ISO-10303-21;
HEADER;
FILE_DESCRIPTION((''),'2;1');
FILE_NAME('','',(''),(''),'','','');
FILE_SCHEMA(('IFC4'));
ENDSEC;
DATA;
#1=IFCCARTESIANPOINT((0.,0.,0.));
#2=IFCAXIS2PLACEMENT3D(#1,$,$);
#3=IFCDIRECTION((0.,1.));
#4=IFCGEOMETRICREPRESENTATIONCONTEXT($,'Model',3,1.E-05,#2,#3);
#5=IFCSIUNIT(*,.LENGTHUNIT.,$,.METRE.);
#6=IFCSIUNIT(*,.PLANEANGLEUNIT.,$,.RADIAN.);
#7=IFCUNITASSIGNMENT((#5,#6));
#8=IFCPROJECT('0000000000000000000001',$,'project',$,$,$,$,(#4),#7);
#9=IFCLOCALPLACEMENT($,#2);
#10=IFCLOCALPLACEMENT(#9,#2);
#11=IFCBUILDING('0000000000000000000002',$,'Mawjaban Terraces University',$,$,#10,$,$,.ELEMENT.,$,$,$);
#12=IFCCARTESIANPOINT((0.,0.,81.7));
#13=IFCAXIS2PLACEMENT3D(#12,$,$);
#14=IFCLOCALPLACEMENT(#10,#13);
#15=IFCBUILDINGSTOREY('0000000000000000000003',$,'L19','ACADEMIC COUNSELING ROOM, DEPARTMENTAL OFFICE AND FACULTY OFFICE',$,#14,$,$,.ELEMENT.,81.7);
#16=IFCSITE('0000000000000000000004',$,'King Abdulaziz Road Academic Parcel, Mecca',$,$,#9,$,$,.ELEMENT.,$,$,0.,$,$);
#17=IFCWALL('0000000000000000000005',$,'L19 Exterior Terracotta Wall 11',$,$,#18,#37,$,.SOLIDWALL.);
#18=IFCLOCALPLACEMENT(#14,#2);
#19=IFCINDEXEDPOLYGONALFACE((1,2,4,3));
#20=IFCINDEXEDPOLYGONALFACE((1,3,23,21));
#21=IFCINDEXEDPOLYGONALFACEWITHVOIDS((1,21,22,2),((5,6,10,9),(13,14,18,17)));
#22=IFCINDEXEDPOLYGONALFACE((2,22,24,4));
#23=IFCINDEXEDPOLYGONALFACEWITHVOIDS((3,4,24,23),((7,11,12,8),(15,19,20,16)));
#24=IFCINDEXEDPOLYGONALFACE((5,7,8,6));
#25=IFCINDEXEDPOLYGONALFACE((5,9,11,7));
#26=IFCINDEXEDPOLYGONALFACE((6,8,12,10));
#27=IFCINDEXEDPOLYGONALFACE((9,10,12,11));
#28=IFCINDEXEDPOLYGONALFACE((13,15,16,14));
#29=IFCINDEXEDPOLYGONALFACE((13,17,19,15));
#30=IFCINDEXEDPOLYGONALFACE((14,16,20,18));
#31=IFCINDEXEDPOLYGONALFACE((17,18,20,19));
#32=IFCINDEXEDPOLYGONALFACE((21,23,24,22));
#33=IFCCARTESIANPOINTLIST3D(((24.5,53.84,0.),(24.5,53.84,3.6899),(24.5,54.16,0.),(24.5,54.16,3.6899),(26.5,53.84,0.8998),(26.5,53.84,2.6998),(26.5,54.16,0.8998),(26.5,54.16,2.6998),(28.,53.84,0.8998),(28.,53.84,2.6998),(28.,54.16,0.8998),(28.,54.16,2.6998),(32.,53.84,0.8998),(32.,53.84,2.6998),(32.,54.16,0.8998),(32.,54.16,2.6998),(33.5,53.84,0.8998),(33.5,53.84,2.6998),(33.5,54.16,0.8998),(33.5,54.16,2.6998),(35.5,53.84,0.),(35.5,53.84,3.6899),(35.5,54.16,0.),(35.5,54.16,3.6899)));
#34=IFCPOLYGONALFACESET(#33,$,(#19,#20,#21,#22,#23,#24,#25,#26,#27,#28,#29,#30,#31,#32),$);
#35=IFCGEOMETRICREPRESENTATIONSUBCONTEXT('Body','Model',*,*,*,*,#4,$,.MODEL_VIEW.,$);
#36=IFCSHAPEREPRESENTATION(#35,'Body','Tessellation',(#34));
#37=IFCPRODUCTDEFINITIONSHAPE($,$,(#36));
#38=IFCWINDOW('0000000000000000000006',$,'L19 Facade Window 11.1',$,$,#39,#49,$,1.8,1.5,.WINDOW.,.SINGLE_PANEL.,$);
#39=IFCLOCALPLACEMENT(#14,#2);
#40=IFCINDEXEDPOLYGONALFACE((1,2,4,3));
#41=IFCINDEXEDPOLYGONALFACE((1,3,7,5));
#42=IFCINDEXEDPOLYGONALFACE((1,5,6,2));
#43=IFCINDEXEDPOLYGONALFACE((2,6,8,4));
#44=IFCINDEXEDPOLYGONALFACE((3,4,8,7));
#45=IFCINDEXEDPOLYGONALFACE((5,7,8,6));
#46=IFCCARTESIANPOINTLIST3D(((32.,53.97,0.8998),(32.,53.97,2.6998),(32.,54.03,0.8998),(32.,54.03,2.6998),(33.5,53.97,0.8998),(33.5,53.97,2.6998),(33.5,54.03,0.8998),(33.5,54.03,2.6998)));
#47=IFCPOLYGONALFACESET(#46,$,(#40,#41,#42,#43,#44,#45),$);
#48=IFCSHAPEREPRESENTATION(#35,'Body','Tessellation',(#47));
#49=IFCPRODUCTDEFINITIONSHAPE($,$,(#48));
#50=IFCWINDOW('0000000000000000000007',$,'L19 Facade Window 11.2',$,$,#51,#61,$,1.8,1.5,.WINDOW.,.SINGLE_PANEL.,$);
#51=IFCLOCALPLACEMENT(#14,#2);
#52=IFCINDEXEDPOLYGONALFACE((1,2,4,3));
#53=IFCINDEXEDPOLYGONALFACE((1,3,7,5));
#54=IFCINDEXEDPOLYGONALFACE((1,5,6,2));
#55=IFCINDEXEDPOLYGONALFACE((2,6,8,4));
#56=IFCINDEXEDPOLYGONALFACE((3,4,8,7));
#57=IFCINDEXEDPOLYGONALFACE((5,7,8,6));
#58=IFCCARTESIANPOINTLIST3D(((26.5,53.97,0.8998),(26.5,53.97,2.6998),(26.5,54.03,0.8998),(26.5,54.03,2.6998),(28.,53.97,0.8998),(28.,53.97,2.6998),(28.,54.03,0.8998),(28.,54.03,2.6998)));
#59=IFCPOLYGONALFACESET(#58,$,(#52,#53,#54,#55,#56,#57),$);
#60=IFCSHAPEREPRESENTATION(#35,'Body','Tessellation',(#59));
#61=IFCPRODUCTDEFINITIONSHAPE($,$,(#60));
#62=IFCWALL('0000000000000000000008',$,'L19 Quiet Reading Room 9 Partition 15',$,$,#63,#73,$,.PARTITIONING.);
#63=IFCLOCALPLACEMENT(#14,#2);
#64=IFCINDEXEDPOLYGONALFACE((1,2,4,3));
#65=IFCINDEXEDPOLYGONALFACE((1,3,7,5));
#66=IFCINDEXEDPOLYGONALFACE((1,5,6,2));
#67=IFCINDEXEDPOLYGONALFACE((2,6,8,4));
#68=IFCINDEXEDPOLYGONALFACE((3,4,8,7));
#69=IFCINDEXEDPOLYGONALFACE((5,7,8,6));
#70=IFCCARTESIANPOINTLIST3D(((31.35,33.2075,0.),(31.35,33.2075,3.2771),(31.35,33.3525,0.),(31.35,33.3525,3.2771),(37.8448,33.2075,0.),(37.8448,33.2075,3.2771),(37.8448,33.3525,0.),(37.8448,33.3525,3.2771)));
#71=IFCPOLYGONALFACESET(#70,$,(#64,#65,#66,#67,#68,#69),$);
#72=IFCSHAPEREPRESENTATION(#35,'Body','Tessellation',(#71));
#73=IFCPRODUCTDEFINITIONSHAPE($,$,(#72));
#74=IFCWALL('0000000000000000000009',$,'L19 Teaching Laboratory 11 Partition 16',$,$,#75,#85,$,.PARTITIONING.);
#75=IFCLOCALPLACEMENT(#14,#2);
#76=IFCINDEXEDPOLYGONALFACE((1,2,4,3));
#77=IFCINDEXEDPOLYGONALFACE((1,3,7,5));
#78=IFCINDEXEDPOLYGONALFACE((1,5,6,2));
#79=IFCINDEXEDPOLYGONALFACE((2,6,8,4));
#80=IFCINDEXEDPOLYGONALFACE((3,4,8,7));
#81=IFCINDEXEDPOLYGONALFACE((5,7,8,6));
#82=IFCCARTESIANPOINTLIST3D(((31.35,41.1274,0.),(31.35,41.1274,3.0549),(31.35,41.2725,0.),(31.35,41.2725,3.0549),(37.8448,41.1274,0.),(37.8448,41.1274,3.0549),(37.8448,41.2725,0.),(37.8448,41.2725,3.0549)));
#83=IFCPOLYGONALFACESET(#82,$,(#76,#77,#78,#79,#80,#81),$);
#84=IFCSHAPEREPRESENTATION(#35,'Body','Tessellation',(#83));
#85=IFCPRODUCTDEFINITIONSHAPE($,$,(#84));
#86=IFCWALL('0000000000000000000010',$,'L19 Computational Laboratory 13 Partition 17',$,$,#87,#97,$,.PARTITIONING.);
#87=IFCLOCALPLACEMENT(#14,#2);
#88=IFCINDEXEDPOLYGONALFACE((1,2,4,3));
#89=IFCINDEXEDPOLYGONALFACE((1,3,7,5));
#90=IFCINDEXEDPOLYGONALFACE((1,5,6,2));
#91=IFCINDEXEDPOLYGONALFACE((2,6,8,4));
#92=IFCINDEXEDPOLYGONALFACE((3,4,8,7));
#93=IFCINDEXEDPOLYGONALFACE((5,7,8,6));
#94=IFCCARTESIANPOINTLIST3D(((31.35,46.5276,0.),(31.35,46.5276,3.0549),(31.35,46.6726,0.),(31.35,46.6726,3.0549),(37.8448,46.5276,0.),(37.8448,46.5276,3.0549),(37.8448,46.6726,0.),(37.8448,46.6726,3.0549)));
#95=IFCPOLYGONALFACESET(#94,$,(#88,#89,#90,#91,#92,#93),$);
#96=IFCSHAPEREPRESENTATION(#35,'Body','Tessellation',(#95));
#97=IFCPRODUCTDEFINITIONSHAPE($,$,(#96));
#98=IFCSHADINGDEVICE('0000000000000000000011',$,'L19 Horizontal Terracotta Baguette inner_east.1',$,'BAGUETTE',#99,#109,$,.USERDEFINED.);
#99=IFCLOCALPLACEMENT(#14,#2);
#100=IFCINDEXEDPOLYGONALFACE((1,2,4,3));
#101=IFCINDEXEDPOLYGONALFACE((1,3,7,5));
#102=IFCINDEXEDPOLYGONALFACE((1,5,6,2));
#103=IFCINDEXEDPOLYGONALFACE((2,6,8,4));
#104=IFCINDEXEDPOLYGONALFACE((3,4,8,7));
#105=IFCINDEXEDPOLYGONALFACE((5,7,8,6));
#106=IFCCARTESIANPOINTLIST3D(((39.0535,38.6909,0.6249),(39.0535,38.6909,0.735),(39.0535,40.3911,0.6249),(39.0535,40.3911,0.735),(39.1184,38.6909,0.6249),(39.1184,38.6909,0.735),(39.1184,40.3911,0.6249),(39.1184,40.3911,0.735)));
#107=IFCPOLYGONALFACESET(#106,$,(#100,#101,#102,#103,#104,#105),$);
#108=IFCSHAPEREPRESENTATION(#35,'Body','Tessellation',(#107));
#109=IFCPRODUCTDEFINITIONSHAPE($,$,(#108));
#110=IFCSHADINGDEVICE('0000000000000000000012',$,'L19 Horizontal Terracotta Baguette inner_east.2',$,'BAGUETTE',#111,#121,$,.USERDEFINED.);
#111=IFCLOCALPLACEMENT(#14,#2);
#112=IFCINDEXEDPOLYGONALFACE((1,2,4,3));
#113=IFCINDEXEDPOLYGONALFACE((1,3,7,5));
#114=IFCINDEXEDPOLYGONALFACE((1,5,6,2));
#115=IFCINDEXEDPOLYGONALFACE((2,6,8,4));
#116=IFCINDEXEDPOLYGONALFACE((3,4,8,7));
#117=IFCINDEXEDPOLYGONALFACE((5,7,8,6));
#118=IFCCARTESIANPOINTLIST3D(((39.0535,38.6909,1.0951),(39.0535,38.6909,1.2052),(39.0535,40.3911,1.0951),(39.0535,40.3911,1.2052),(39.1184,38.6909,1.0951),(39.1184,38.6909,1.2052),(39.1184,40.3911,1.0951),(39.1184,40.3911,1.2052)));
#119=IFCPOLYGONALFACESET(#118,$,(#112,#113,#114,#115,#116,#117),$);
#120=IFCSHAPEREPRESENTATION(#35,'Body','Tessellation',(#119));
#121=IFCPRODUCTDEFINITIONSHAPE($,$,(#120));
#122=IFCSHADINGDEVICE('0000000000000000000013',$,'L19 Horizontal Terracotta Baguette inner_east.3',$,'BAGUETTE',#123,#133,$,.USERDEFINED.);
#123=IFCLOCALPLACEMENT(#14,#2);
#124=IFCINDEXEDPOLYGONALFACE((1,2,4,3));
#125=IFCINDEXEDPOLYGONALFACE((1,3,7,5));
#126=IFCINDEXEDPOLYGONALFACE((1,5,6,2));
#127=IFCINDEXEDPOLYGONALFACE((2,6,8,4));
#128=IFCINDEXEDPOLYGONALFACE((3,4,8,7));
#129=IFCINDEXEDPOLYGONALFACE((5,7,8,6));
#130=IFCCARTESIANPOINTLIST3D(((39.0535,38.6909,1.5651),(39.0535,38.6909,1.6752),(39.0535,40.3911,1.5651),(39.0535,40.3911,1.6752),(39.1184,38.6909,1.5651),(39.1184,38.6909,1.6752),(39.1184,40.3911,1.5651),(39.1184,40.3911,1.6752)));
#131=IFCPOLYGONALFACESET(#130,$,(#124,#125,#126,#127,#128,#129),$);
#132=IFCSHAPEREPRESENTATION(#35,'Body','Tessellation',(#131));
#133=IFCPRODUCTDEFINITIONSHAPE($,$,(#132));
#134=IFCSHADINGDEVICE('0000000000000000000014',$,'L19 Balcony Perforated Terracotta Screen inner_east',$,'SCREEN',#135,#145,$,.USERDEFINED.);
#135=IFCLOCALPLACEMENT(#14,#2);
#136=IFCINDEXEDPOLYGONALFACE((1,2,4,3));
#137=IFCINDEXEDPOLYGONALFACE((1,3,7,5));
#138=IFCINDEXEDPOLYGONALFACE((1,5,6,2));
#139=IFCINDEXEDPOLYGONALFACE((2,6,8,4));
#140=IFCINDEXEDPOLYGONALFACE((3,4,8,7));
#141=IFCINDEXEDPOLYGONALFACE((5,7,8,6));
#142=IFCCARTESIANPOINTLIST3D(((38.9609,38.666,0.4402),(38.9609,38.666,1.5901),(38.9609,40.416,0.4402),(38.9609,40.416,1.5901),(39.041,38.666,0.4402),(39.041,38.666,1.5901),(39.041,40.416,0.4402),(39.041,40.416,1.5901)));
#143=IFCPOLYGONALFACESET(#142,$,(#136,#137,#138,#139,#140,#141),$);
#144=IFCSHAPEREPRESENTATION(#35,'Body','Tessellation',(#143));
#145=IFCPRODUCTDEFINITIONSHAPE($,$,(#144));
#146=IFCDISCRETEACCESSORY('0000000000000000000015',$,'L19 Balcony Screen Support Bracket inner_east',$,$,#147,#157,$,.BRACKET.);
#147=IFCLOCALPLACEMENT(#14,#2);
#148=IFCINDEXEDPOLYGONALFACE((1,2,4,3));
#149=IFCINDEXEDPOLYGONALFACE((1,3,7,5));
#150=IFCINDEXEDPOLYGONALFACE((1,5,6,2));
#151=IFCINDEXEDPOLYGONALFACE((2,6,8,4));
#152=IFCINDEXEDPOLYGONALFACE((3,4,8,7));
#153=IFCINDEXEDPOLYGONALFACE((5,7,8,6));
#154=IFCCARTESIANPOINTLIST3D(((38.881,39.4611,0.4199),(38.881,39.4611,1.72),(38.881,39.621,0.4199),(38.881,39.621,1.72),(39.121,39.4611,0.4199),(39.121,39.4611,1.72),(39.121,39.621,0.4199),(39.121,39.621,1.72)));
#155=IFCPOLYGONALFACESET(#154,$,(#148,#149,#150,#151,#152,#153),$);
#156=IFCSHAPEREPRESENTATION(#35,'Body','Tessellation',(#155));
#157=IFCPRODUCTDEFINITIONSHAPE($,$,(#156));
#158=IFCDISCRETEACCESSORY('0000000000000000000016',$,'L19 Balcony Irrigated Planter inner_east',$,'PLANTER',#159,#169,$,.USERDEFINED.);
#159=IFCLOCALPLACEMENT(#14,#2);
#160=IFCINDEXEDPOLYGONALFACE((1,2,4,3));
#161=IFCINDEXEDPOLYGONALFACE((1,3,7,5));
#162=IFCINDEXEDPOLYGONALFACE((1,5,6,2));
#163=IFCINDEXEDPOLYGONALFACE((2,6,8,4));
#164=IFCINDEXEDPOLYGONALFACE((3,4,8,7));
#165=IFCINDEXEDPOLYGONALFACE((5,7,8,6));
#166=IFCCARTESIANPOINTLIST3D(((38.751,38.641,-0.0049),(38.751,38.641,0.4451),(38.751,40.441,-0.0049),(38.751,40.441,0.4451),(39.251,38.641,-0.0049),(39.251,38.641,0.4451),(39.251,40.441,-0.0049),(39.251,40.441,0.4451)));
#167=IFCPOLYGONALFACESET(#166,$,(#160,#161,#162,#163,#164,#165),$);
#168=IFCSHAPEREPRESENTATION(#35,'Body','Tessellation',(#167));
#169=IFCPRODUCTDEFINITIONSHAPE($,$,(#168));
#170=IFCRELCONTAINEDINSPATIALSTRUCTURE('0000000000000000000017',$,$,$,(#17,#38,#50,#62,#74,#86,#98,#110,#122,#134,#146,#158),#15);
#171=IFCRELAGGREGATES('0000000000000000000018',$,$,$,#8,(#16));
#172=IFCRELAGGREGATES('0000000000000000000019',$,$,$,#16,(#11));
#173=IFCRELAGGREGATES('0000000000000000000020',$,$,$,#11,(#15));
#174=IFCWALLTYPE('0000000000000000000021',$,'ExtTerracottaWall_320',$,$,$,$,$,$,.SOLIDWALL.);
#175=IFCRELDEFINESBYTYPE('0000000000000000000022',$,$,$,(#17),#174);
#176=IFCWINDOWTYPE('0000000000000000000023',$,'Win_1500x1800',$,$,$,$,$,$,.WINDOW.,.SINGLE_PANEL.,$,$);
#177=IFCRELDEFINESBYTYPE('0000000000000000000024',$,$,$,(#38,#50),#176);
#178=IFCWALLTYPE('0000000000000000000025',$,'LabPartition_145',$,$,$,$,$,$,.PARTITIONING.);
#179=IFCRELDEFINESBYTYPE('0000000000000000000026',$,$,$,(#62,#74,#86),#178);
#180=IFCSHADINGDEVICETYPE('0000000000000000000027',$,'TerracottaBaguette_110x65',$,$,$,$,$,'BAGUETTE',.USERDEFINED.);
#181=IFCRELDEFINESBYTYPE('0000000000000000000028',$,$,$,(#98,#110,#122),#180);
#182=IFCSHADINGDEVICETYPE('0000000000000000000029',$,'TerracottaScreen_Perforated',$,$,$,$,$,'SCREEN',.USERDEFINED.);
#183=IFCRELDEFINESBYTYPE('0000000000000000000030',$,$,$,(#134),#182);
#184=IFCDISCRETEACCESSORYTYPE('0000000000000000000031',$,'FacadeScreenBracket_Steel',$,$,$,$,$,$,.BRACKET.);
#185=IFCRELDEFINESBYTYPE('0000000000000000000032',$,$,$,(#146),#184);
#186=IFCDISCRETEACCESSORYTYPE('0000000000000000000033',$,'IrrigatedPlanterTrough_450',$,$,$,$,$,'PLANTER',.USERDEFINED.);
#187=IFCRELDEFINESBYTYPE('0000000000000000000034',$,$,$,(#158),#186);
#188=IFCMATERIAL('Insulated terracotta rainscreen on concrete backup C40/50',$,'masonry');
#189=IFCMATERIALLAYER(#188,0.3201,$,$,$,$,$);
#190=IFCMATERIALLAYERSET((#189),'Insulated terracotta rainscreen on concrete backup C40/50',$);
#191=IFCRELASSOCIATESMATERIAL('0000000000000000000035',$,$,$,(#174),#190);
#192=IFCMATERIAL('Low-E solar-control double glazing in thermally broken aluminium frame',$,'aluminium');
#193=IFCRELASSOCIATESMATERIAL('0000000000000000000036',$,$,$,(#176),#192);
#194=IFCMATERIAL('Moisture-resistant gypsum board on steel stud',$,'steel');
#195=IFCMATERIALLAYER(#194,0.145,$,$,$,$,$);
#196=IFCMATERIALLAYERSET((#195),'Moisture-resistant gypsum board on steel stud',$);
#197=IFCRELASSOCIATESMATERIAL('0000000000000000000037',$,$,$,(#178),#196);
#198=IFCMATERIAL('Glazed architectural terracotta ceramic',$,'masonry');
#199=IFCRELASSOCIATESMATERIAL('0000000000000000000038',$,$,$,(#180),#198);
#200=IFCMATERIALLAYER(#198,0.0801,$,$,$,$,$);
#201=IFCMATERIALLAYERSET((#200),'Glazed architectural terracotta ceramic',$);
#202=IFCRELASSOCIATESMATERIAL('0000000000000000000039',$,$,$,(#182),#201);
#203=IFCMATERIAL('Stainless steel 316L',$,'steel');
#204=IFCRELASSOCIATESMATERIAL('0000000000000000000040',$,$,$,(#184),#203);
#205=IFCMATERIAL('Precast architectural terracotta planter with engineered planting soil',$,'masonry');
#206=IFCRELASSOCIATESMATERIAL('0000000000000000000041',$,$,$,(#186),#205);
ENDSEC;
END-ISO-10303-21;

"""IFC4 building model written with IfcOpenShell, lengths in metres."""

from ifc_helpers import new_model, si_unit, direction, frame, frame_2d, origin, origin_2d, place, context, subcontext, project, spatial, rectangle, extrude, material, layer, layer_set, material_profile, profile_set, type_object, element, fill, save


model = new_model("IFC4")

# Units and contexts
model_context = context("Model", 3, precision=1e-05, world=origin(), true_north=direction((0.0, 1.0)))
body_context = subcontext(model_context, "Body", "Model", "MODEL_VIEW")
ifc_project = project(units=[si_unit("LENGTHUNIT", "METRE"), si_unit("PLANEANGLEUNIT", "RADIAN")], contexts=[model_context])

# Site, building, storey
site_placement = place(None, origin())
site = spatial("IfcSite", under=ifc_project, at=site_placement, Name="King Abdulaziz Road Academic Parcel, Mecca", CompositionType="ELEMENT", RefElevation=0.0)
building_placement = place(site_placement, origin())
building = spatial("IfcBuilding", under=site, at=building_placement, Name="Mawjaban Terraces University", CompositionType="ELEMENT")
storey_placement = place(building_placement, frame((0.0, 0.0, 81.7)))
storey = spatial("IfcBuildingStorey", under=building, at=storey_placement, Name="L19", Description="ACADEMIC COUNSELING ROOM, DEPARTMENTAL OFFICE AND FACULTY OFFICE", CompositionType="ELEMENT", Elevation=81.7)

# Shared definitions
ifc_material_1 = material(Name="Insulated terracotta rainscreen on concrete backup C40/50", Category="masonry")
ifc_layer_1 = layer(ifc_material_1, 0.3201)
ifc_layer_set_1 = layer_set([ifc_layer_1], Name="Insulated terracotta rainscreen on concrete backup C40/50")
wall_type_1 = type_object("IfcWallType", Name="ExtTerracottaWall_320", PredefinedType="SOLIDWALL", material=ifc_layer_set_1)

# Wall, openings, windows
wall_1_placement = place(storey_placement, frame((35.5, 54.0, 0.0), z_axis=(0.0, 0.0, 1.0), x_axis=(-1.0, 0.0, 0.0)))
wall_1 = element("IfcWall", 1, at=wall_1_placement, inside=storey, type_object=wall_type_1, Name="L19 Exterior Terracotta Wall 11", PredefinedType="SOLIDWALL", context=body_context, shape_type="SweptSolid", body=[
    extrude(rectangle(XDim=11.0, YDim=0.3201, at=frame_2d((5.5, 0.0))), origin(), (0.0, 0.0, 1.0), 3.6899),
])
opening_1_placement = place(wall_1_placement, frame((2.0, 0.0, 0.8999)))
opening_1 = element("IfcOpeningElement", 2, at=opening_1_placement, cuts=wall_1, PredefinedType="OPENING", context=body_context, shape_type="SweptSolid", body=[
    extrude(rectangle(XDim=1.5, YDim=1.8, at=frame_2d((0.75, 0.8999))), frame((0.0, 0.1699, 0.0), z_axis=(0.0, -1.0, 0.0), x_axis=(1.0, 0.0, 0.0)), (0.0, 0.0, 1.0), 0.3401),
])
opening_2_placement = place(wall_1_placement, frame((7.5, 0.0, 0.8999)))
opening_2 = element("IfcOpeningElement", 3, at=opening_2_placement, cuts=wall_1, PredefinedType="OPENING", context=body_context, shape_type="SweptSolid", body=[
    extrude(rectangle(XDim=1.5, YDim=1.8, at=frame_2d((0.75, 0.8999))), frame((0.0, 0.1699, 0.0), z_axis=(0.0, -1.0, 0.0), x_axis=(1.0, 0.0, 0.0)), (0.0, 0.0, 1.0), 0.3401),
])
ifc_material_2 = material(Name="Low-E solar-control double glazing in thermally broken aluminium frame", Category="aluminium")
window_type = type_object("IfcWindowType", Name="Win_1500x1800", PartitioningType="SINGLE_PANEL", PredefinedType="WINDOW", material=ifc_material_2)
window_1_placement = place(opening_1_placement, origin())
window_1 = element("IfcWindow", 4, at=window_1_placement, inside=storey, type_object=window_type, Name="L19 Facade Window 11.1", OverallHeight=1.8, OverallWidth=1.5, PartitioningType="SINGLE_PANEL", PredefinedType="WINDOW", context=body_context, shape_type="SweptSolid", body=[
    extrude(rectangle(XDim=1.5, YDim=1.8, at=frame_2d((0.75, 0.8999))), frame((0.0, 0.03, 0.0), z_axis=(0.0, -1.0, 0.0), x_axis=(1.0, 0.0, 0.0)), (0.0, 0.0, 1.0), 0.0601),
])
fill(opening_1, window_1)
window_2_placement = place(opening_2_placement, origin())
window_2 = element("IfcWindow", 5, at=window_2_placement, inside=storey, type_object=window_type, Name="L19 Facade Window 11.2", OverallHeight=1.8, OverallWidth=1.5, PartitioningType="SINGLE_PANEL", PredefinedType="WINDOW", context=body_context, shape_type="SweptSolid", body=[
    extrude(rectangle(XDim=1.5, YDim=1.8, at=frame_2d((0.75, 0.8999))), frame((0.0, 0.03, 0.0), z_axis=(0.0, -1.0, 0.0), x_axis=(1.0, 0.0, 0.0)), (0.0, 0.0, 1.0), 0.0601),
])
fill(opening_2, window_2)

# Walls
ifc_material_3 = material(Name="Moisture-resistant gypsum board on steel stud", Category="steel")
ifc_layer_2 = layer(ifc_material_3, 0.145)
ifc_layer_set_2 = layer_set([ifc_layer_2], Name="Moisture-resistant gypsum board on steel stud")
wall_type_2 = type_object("IfcWallType", Name="LabPartition_145", PredefinedType="PARTITIONING", material=ifc_layer_set_2)
wall_2_placement = place(storey_placement, frame((37.845, 33.28, 0.0), z_axis=(0.0, 0.0, 1.0), x_axis=(-1.0, 0.0, 0.0)))
element("IfcWall", 6, at=wall_2_placement, inside=storey, type_object=wall_type_2, Name="L19 Quiet Reading Room 9 Partition 15", PredefinedType="PARTITIONING", context=body_context, shape_type="SweptSolid", body=[
    extrude(rectangle(XDim=6.4949, YDim=0.145, at=frame_2d((3.2476, 0.0))), origin(), (0.0, 0.0, 1.0), 3.2771),
])
for number, where, z_axis, x_axis, name in (
    (7, (37.845, 41.2, 0.0), (0.0, 0.0, 1.0), (-1.0, 0.0, 0.0), "L19 Teaching Laboratory 11 Partition 16"),
    (8, (37.845, 46.6001, 0.0), (0.0, 0.0, 1.0), (-1.0, 0.0, 0.0), "L19 Computational Laboratory 13 Partition 17"),
):
    element("IfcWall", number, at=place(storey_placement, frame(where, z_axis=z_axis, x_axis=x_axis)), inside=storey, type_object=wall_type_2, Name=name, PredefinedType="PARTITIONING", context=body_context, shape_type="SweptSolid", body=[
        extrude(rectangle(XDim=6.4949, YDim=0.145, at=frame_2d((3.2476, 0.0))), origin(), (0.0, 0.0, 1.0), 3.0549),
    ])

# Shading devices
ifc_material_4 = material(Name="Glazed architectural terracotta ceramic", Category="masonry")
ifc_material_profile_1 = material_profile(ifc_material_4, rectangle(XDim=0.0649, YDim=0.1101, at=origin_2d()), Name="TBAG110X65")
ifc_profile_set_1 = profile_set([ifc_material_profile_1], Name="Glazed architectural terracotta ceramic")
shading_device_type_1 = type_object("IfcShadingDeviceType", Name="TerracottaBaguette_110x65", ElementType="BAGUETTE", PredefinedType="USERDEFINED", material=ifc_profile_set_1)
for number, where, z_axis, x_axis, name in (
    (9, (39.0859, 38.6909, 0.6799), (0.0, 1.0, 0.0), (-1.0, 0.0, 0.0), "L19 Horizontal Terracotta Baguette inner_east.1"),
    (10, (39.0859, 38.6909, 1.1501), (0.0, 1.0, 0.0), (-1.0, 0.0, 0.0), "L19 Horizontal Terracotta Baguette inner_east.2"),
    (11, (39.0859, 38.6909, 1.6201), (0.0, 1.0, 0.0), (-1.0, 0.0, 0.0), "L19 Horizontal Terracotta Baguette inner_east.3"),
):
    element("IfcShadingDevice", number, at=place(storey_placement, frame(where, z_axis=z_axis, x_axis=x_axis)), inside=storey, type_object=shading_device_type_1, Name=name, ObjectType="BAGUETTE", PredefinedType="USERDEFINED", context=body_context, shape_type="SweptSolid", body=[
        extrude(rectangle(XDim=0.0649, YDim=0.1101, at=origin_2d()), origin(), (0.0, 0.0, 1.0), 1.7002),
    ])
ifc_layer_3 = layer(ifc_material_4, 0.0801)
ifc_layer_set_3 = layer_set([ifc_layer_3], Name="Glazed architectural terracotta ceramic")
shading_device_type_2 = type_object("IfcShadingDeviceType", Name="TerracottaScreen_Perforated", ElementType="SCREEN", PredefinedType="USERDEFINED", material=ifc_layer_set_3)
shading_device_placement = place(storey_placement, frame((39.001, 39.541, 0.4402), z_axis=(0.0, 0.0, 1.0), x_axis=(0.0, 1.0, 0.0)))
element("IfcShadingDevice", 12, at=shading_device_placement, inside=storey, type_object=shading_device_type_2, Name="L19 Balcony Perforated Terracotta Screen inner_east", ObjectType="SCREEN", PredefinedType="USERDEFINED", context=body_context, shape_type="SweptSolid", body=[
    extrude(rectangle(XDim=1.75, YDim=0.0801, at=origin_2d()), origin(), (0.0, 0.0, 1.0), 1.1499),
])

# Discrete accessories
ifc_material_5 = material(Name="Stainless steel 316L", Category="steel")
discrete_accessory_type_1 = type_object("IfcDiscreteAccessoryType", Name="FacadeScreenBracket_Steel", PredefinedType="BRACKET", material=ifc_material_5)
discrete_accessory_1_placement = place(storey_placement, frame((39.001, 39.541, 0.4199), z_axis=(0.0, 0.0, 1.0), x_axis=(0.0, 1.0, 0.0)))
element("IfcDiscreteAccessory", 13, at=discrete_accessory_1_placement, inside=storey, type_object=discrete_accessory_type_1, Name="L19 Balcony Screen Support Bracket inner_east", PredefinedType="BRACKET", context=body_context, shape_type="SweptSolid", body=[
    extrude(rectangle(XDim=0.1599, YDim=0.24, at=origin_2d()), origin(), (0.0, 0.0, 1.0), 1.3),
])
ifc_material_6 = material(Name="Precast architectural terracotta planter with engineered planting soil", Category="masonry")
discrete_accessory_type_2 = type_object("IfcDiscreteAccessoryType", Name="IrrigatedPlanterTrough_450", ElementType="PLANTER", PredefinedType="USERDEFINED", material=ifc_material_6)
discrete_accessory_2_placement = place(storey_placement, frame((39.001, 39.541, -0.0049), z_axis=(0.0, 0.0, 1.0), x_axis=(0.0, 1.0, 0.0)))
element("IfcDiscreteAccessory", 14, at=discrete_accessory_2_placement, inside=storey, type_object=discrete_accessory_type_2, Name="L19 Balcony Irrigated Planter inner_east", ObjectType="PLANTER", PredefinedType="USERDEFINED", context=body_context, shape_type="SweptSolid", body=[
    extrude(rectangle(XDim=1.8, YDim=0.5, at=origin_2d()), origin(), (0.0, 0.0, 1.0), 0.45),
])

save(model, "model.ifc")
